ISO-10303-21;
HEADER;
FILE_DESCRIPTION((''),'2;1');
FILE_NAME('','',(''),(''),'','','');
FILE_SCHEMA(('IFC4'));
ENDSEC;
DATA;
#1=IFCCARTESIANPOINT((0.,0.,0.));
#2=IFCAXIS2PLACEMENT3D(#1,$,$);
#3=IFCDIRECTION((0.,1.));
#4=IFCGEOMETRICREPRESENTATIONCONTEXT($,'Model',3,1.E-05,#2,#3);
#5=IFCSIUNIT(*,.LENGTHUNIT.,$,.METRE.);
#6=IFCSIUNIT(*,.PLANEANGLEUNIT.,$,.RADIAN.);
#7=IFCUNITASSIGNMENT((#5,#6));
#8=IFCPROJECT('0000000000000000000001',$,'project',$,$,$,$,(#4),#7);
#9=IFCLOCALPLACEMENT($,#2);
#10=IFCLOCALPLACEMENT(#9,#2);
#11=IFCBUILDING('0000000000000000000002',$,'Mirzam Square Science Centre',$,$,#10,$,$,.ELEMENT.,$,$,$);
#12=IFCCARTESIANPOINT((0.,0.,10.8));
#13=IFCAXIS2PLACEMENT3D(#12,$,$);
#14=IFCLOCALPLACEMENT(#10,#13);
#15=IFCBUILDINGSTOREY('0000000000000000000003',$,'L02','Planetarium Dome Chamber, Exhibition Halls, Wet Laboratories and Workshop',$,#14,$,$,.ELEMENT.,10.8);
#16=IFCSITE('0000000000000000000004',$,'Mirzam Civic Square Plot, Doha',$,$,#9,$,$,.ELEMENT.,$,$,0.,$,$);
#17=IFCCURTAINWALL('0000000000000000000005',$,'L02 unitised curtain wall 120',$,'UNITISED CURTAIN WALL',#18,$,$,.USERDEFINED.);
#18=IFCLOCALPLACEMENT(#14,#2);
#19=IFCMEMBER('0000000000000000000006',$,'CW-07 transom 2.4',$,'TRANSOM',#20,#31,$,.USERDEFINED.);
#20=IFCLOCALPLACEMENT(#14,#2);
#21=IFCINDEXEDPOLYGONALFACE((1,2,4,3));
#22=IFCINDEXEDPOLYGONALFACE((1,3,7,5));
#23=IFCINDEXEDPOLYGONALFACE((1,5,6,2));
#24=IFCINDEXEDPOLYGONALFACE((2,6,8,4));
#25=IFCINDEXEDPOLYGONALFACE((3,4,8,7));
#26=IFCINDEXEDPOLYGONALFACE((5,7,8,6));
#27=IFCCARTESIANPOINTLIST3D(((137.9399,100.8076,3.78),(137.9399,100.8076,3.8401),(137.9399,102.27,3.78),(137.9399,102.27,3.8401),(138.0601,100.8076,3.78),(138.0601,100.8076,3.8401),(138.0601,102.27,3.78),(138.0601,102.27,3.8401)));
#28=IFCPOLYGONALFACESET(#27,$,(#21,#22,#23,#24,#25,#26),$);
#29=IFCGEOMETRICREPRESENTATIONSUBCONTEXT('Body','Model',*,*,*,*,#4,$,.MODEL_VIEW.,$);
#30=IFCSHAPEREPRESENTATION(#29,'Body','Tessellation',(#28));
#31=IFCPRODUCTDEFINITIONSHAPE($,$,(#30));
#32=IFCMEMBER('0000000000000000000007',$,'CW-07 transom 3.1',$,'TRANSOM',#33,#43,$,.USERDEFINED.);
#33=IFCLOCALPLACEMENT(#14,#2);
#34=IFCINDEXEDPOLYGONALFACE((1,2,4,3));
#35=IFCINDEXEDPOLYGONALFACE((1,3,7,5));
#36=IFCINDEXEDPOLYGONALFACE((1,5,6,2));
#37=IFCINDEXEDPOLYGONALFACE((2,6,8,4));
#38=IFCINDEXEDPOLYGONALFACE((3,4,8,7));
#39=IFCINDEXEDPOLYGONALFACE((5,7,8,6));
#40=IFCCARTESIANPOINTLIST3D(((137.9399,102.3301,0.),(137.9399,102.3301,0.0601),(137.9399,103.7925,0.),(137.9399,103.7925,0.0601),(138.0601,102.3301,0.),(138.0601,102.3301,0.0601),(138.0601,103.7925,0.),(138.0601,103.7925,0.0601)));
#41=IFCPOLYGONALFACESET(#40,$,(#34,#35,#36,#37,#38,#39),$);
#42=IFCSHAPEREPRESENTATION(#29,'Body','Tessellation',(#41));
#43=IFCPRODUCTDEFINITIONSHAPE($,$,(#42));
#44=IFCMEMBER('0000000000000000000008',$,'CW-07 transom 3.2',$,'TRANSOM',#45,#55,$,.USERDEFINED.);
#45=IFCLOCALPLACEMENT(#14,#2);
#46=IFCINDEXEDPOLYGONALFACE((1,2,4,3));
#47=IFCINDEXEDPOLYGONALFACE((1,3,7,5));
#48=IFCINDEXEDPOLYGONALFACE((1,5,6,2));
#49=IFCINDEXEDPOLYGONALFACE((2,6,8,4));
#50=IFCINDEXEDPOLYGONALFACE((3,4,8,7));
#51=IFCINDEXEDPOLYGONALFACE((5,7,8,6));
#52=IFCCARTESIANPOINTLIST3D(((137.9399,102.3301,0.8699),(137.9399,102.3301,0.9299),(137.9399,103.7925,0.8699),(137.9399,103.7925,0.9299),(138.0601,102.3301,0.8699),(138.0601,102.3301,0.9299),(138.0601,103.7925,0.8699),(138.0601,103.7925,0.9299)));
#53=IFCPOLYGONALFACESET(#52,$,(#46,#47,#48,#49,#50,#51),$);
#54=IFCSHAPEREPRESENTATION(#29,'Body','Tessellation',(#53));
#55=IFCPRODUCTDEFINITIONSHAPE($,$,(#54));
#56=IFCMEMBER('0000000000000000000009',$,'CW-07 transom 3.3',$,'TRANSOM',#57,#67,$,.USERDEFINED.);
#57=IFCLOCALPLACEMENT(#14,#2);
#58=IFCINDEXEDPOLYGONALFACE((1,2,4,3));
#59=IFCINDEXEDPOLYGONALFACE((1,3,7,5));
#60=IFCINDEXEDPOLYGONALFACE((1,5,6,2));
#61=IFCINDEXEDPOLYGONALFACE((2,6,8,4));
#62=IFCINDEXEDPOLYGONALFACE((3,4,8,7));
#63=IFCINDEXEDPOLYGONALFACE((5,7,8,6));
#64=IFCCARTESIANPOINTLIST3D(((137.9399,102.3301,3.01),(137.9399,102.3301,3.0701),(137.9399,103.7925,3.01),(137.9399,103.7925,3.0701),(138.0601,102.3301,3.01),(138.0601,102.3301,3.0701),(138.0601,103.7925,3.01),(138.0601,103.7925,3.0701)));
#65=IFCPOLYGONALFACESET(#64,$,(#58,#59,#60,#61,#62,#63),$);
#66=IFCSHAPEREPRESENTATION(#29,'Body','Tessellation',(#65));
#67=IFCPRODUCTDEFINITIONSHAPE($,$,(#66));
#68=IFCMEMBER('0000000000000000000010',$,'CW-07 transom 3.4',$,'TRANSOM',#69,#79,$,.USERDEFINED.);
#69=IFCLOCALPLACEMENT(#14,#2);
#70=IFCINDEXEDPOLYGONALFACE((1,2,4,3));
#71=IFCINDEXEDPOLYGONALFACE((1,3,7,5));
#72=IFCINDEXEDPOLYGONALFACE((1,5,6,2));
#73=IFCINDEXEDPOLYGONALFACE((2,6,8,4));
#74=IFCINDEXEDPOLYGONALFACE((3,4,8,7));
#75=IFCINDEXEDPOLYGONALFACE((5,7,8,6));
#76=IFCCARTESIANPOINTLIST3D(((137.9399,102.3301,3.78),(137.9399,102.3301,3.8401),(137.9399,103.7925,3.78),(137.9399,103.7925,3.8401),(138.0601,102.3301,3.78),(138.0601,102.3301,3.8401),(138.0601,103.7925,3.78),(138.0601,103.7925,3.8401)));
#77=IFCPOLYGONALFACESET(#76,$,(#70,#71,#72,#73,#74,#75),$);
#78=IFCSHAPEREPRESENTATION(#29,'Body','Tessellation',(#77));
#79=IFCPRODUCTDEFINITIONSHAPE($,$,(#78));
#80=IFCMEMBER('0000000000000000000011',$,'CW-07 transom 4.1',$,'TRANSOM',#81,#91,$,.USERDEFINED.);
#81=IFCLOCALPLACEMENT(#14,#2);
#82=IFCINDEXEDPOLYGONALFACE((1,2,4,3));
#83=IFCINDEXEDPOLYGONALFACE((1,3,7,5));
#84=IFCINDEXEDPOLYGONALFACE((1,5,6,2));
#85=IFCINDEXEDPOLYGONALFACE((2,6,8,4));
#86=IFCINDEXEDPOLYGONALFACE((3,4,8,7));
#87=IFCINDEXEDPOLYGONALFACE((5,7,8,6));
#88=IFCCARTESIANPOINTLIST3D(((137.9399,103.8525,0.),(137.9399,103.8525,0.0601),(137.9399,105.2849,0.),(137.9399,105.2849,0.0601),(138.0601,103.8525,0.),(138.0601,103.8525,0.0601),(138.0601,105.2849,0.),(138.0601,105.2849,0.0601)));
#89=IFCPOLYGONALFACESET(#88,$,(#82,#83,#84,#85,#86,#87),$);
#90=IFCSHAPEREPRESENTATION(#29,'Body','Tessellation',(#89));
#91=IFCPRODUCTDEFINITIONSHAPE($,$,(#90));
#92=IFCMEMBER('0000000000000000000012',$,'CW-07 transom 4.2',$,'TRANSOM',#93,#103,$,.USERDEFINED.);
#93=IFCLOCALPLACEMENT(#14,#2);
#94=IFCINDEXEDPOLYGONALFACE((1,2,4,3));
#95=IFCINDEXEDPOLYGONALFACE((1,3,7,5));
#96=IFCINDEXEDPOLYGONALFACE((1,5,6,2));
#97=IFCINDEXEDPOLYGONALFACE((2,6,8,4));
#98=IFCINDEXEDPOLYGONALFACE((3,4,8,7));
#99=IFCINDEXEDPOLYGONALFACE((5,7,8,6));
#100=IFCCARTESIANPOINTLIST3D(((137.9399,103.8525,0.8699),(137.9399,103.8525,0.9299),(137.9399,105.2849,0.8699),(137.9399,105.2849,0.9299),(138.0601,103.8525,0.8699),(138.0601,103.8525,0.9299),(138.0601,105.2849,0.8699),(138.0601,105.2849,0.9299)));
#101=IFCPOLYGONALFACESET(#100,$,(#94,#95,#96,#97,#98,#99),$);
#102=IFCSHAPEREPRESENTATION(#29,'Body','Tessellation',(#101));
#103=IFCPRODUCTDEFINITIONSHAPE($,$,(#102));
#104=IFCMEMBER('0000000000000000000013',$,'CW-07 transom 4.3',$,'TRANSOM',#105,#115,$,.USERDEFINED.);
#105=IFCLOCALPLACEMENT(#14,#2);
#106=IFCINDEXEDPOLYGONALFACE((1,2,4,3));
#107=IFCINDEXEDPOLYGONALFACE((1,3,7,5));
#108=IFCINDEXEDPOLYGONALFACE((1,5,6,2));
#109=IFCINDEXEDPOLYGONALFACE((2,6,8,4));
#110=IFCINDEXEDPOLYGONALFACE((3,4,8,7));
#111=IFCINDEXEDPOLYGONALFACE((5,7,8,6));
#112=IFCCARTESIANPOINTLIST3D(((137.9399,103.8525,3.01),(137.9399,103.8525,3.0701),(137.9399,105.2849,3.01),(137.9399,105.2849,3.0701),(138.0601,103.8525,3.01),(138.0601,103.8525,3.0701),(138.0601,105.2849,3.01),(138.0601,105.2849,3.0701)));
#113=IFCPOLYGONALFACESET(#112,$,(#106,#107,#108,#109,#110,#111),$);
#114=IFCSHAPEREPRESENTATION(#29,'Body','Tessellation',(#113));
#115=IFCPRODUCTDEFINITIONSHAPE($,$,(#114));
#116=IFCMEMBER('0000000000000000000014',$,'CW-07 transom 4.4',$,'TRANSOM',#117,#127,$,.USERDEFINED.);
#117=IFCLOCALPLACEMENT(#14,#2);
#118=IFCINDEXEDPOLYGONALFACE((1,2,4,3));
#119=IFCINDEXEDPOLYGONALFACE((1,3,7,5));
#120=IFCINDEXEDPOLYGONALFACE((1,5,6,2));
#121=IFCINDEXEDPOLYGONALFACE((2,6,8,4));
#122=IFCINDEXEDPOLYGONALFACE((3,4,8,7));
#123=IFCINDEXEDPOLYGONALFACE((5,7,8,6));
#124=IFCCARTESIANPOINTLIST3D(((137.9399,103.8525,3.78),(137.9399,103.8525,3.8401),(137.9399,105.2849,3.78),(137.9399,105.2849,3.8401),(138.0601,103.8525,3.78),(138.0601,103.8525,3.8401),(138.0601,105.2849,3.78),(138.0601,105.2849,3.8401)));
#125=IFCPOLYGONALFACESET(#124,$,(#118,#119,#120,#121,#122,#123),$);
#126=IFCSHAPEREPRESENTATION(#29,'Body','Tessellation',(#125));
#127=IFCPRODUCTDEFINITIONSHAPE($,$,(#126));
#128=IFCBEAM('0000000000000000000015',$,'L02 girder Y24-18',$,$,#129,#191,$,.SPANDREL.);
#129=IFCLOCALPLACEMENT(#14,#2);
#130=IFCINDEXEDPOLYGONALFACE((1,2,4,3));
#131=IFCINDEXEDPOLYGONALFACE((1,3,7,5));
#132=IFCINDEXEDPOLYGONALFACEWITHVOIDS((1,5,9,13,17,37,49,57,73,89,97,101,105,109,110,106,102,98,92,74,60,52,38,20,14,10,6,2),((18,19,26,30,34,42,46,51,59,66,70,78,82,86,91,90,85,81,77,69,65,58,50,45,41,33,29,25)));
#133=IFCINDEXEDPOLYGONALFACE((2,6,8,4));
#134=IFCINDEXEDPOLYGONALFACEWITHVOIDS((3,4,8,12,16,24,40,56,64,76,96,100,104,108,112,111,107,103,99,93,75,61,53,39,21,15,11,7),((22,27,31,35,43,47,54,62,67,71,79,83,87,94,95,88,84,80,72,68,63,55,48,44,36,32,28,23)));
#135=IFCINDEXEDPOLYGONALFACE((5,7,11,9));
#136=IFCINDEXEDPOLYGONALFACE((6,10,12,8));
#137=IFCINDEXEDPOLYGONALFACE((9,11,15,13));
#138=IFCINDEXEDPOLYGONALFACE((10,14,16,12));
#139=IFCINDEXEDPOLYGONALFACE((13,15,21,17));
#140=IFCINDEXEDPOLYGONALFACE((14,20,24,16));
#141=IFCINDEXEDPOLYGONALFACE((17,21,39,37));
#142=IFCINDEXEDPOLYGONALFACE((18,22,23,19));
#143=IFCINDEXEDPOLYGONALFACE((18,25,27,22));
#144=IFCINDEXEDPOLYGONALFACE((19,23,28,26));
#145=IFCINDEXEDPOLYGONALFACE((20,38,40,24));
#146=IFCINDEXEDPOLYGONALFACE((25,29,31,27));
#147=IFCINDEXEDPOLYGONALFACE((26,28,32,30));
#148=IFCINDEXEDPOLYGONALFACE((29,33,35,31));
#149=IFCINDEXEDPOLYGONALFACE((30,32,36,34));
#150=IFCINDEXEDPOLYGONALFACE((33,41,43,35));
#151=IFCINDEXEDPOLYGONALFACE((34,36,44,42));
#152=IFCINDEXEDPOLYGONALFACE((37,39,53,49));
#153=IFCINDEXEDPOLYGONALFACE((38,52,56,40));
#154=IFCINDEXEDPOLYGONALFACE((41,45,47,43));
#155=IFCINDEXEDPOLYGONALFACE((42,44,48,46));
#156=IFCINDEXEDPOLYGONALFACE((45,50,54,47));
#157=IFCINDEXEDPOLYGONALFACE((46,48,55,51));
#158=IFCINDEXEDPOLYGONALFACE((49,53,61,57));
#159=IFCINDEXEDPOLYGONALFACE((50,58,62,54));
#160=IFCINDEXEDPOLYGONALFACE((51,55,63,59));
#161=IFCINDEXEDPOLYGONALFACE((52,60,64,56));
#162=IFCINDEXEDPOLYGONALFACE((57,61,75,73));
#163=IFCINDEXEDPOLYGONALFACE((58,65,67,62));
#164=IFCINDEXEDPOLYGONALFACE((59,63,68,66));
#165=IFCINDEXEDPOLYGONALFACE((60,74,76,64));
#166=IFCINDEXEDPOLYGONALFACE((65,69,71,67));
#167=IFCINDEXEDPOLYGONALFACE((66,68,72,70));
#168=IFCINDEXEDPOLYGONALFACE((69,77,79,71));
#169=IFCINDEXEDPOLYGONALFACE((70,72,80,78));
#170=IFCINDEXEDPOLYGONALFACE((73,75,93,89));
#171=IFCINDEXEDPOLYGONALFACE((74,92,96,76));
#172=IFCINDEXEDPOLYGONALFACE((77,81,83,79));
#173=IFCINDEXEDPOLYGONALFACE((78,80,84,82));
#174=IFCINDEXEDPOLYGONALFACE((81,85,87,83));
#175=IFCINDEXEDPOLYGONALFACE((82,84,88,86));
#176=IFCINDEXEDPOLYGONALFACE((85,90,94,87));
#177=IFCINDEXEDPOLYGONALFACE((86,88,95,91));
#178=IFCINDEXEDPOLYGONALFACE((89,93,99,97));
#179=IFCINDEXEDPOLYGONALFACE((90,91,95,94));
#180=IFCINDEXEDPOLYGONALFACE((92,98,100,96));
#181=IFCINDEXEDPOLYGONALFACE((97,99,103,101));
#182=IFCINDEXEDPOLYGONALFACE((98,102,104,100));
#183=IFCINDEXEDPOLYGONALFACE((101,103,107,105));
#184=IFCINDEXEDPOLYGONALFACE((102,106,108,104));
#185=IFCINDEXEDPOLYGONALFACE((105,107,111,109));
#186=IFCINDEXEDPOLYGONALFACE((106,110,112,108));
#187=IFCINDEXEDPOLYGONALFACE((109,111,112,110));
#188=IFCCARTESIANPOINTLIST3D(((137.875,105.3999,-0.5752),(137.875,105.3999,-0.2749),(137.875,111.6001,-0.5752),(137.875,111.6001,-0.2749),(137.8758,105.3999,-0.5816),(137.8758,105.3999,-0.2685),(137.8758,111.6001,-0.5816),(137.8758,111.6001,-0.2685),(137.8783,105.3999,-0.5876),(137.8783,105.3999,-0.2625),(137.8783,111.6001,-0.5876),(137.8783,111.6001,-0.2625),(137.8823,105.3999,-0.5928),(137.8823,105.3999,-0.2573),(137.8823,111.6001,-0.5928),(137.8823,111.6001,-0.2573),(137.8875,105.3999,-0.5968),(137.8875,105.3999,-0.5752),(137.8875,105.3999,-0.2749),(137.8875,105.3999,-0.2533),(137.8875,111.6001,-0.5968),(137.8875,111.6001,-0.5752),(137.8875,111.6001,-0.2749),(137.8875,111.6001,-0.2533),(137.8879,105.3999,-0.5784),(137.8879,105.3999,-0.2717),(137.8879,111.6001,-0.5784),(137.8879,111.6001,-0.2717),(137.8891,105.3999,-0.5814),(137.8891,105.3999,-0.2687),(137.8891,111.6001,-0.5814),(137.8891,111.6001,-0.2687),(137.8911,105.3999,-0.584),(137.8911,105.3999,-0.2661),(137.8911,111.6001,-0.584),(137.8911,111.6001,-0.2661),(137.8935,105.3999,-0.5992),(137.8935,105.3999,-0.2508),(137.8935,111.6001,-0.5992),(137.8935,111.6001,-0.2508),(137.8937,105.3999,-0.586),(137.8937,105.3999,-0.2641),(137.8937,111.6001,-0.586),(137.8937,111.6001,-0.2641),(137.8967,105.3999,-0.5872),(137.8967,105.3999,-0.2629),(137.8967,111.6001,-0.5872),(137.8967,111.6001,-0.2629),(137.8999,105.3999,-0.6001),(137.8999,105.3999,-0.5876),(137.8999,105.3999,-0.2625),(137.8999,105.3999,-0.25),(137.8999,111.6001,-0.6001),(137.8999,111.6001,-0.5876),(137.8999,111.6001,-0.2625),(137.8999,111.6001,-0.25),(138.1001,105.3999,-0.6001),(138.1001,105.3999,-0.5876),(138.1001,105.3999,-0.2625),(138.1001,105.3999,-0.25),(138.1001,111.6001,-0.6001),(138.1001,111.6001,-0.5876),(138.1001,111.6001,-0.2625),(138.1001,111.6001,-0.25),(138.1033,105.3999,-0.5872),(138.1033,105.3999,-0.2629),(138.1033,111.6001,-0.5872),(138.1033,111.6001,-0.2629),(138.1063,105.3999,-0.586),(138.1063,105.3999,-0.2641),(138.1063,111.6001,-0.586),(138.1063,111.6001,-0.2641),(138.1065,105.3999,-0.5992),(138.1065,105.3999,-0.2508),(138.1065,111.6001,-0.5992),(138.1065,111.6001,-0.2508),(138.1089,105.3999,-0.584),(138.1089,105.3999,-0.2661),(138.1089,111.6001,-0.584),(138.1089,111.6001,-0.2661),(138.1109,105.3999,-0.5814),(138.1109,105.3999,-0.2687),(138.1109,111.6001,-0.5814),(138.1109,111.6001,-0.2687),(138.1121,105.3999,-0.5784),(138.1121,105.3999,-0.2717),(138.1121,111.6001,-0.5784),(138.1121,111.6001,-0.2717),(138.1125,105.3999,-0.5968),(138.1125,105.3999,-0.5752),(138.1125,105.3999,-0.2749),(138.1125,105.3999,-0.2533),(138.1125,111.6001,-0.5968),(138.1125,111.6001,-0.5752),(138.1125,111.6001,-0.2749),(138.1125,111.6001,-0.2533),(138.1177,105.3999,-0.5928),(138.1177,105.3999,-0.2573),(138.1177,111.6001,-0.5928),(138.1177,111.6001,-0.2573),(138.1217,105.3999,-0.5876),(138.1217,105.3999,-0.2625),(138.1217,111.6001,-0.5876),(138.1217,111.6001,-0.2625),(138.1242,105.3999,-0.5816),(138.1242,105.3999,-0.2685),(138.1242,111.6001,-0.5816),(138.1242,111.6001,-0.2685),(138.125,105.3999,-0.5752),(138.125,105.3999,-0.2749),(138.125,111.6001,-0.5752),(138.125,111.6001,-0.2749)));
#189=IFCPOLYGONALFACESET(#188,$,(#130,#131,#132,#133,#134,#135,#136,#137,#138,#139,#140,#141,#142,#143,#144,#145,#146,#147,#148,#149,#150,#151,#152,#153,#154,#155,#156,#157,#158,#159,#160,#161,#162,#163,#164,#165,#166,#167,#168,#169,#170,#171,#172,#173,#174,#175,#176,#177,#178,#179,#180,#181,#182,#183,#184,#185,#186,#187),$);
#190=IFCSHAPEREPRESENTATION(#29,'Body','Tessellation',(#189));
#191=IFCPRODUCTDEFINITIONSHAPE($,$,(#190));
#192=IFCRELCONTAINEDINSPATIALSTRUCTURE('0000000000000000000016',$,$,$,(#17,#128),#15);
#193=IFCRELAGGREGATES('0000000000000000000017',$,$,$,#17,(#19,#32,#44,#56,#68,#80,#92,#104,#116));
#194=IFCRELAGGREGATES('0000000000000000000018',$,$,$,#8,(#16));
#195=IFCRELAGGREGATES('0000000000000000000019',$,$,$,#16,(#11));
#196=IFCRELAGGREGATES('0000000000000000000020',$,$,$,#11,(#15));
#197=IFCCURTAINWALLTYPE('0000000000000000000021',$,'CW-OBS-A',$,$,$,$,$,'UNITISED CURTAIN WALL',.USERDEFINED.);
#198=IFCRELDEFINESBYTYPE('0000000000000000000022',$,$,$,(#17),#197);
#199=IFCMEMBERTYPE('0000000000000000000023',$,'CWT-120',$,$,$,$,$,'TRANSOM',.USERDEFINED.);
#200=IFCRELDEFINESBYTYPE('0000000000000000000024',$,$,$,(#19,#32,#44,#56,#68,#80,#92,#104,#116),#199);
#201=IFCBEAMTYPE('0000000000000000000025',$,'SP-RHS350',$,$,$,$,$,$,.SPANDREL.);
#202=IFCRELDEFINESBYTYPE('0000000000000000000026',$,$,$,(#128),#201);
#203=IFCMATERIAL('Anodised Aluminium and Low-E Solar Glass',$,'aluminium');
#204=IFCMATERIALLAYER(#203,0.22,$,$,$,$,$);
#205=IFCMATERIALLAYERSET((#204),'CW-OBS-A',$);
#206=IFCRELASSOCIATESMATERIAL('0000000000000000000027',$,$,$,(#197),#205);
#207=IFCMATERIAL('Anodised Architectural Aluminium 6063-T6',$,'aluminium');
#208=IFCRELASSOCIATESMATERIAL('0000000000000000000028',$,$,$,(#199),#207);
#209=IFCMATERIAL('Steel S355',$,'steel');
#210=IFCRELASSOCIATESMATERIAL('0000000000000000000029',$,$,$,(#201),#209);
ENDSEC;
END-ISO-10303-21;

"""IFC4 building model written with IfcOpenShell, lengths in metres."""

from ifc_helpers import new_model, si_unit, direction, frame, origin, origin_2d, place, context, subcontext, project, spatial, rectangle, hollow_rectangle, extrude, material, layer, layer_set, material_profile, profile_set, type_object, element, aggregate, save


model = new_model("IFC4")

# Units and contexts
model_context = context("Model", 3, precision=1e-05, world=origin(), true_north=direction((0.0, 1.0)))
body_context = subcontext(model_context, "Body", "Model", "MODEL_VIEW")
ifc_project = project(units=[si_unit("LENGTHUNIT", "METRE"), si_unit("PLANEANGLEUNIT", "RADIAN")], contexts=[model_context])

# Site, building, storey
site_placement = place(None, origin())
site = spatial("IfcSite", under=ifc_project, at=site_placement, Name="Mirzam Civic Square Plot, Doha", CompositionType="ELEMENT", RefElevation=0.0)
building_placement = place(site_placement, origin())
building = spatial("IfcBuilding", under=site, at=building_placement, Name="Mirzam Square Science Centre", CompositionType="ELEMENT")
storey_placement = place(building_placement, frame((0.0, 0.0, 10.8)))
storey = spatial("IfcBuildingStorey", under=building, at=storey_placement, Name="L02", Description="Planetarium Dome Chamber, Exhibition Halls, Wet Laboratories and Workshop", CompositionType="ELEMENT", Elevation=10.8)

# Shared definitions
ifc_material_1 = material(Name="Steel S355", Category="steel")

# Curtain wall, members
ifc_material_2 = material(Name="Anodised Aluminium and Low-E Solar Glass", Category="aluminium")
ifc_layer_1 = layer(ifc_material_2, 0.22)
ifc_layer_set_1 = layer_set([ifc_layer_1], Name="CW-OBS-A")
curtain_wall_type = type_object("IfcCurtainWallType", Name="CW-OBS-A", ElementType="UNITISED CURTAIN WALL", PredefinedType="USERDEFINED", material=ifc_layer_set_1)
curtain_wall_placement = place(storey_placement, origin())
curtain_wall = element("IfcCurtainWall", 1, at=curtain_wall_placement, inside=storey, type_object=curtain_wall_type, Name="L02 unitised curtain wall 120", ObjectType="UNITISED CURTAIN WALL", PredefinedType="USERDEFINED")
ifc_material_3 = material(Name="Anodised Architectural Aluminium 6063-T6", Category="aluminium")
ifc_material_profile_1 = material_profile(ifc_material_3, rectangle(XDim=0.1201, YDim=0.0601, at=origin_2d()), Name="ALU-TRAN-120x60x4")
ifc_profile_set_1 = profile_set([ifc_material_profile_1], Name="Anodised Architectural Aluminium 6063-T6")
member_type_1 = type_object("IfcMemberType", Name="CWT-120", ElementType="TRANSOM", PredefinedType="USERDEFINED", material=ifc_profile_set_1)
member_1_placement = place(storey_placement, frame((138.0, 100.8076, 3.8101), z_axis=(0.0, 1.0, 0.0), x_axis=(-1.0, 0.0, 0.0)))
member_1 = element("IfcMember", 2, at=member_1_placement, type_object=member_type_1, Name="CW-07 transom 2.4", ObjectType="TRANSOM", PredefinedType="USERDEFINED", context=body_context, shape_type="SweptSolid", body=[
    extrude(rectangle(XDim=0.1201, YDim=0.0601, at=origin_2d()), origin(), (0.0, 0.0, 1.0), 1.4624),
])
member_2_placement = place(storey_placement, frame((138.0, 102.3301, 0.03), z_axis=(0.0, 1.0, 0.0), x_axis=(-1.0, 0.0, 0.0)))
member_2 = element("IfcMember", 3, at=member_2_placement, type_object=member_type_1, Name="CW-07 transom 3.1", ObjectType="TRANSOM", PredefinedType="USERDEFINED", context=body_context, shape_type="SweptSolid", body=[
    extrude(rectangle(XDim=0.1201, YDim=0.0601, at=origin_2d()), origin(), (0.0, 0.0, 1.0), 1.4624),
])
member_3_placement = place(storey_placement, frame((138.0, 102.3301, 0.8999), z_axis=(0.0, 1.0, 0.0), x_axis=(-1.0, 0.0, 0.0)))
member_3 = element("IfcMember", 4, at=member_3_placement, type_object=member_type_1, Name="CW-07 transom 3.2", ObjectType="TRANSOM", PredefinedType="USERDEFINED", context=body_context, shape_type="SweptSolid", body=[
    extrude(rectangle(XDim=0.1201, YDim=0.0601, at=origin_2d()), origin(), (0.0, 0.0, 1.0), 1.4624),
])
member_4_placement = place(storey_placement, frame((138.0, 102.3301, 3.04), z_axis=(0.0, 1.0, 0.0), x_axis=(-1.0, 0.0, 0.0)))
member_4 = element("IfcMember", 5, at=member_4_placement, type_object=member_type_1, Name="CW-07 transom 3.3", ObjectType="TRANSOM", PredefinedType="USERDEFINED", context=body_context, shape_type="SweptSolid", body=[
    extrude(rectangle(XDim=0.1201, YDim=0.0601, at=origin_2d()), origin(), (0.0, 0.0, 1.0), 1.4624),
])
member_5_placement = place(storey_placement, frame((138.0, 102.3301, 3.8101), z_axis=(0.0, 1.0, 0.0), x_axis=(-1.0, 0.0, 0.0)))
member_5 = element("IfcMember", 6, at=member_5_placement, type_object=member_type_1, Name="CW-07 transom 3.4", ObjectType="TRANSOM", PredefinedType="USERDEFINED", context=body_context, shape_type="SweptSolid", body=[
    extrude(rectangle(XDim=0.1201, YDim=0.0601, at=origin_2d()), origin(), (0.0, 0.0, 1.0), 1.4624),
])
member_6_placement = place(storey_placement, frame((138.0, 103.8525, 0.03), z_axis=(0.0, 1.0, 0.0), x_axis=(-1.0, 0.0, 0.0)))
member_6 = element("IfcMember", 7, at=member_6_placement, type_object=member_type_1, Name="CW-07 transom 4.1", ObjectType="TRANSOM", PredefinedType="USERDEFINED", context=body_context, shape_type="SweptSolid", body=[
    extrude(rectangle(XDim=0.1201, YDim=0.0601, at=origin_2d()), origin(), (0.0, 0.0, 1.0), 1.4324),
])
member_7_placement = place(storey_placement, frame((138.0, 103.8525, 0.8999), z_axis=(0.0, 1.0, 0.0), x_axis=(-1.0, 0.0, 0.0)))
member_7 = element("IfcMember", 8, at=member_7_placement, type_object=member_type_1, Name="CW-07 transom 4.2", ObjectType="TRANSOM", PredefinedType="USERDEFINED", context=body_context, shape_type="SweptSolid", body=[
    extrude(rectangle(XDim=0.1201, YDim=0.0601, at=origin_2d()), origin(), (0.0, 0.0, 1.0), 1.4324),
])
member_8_placement = place(storey_placement, frame((138.0, 103.8525, 3.04), z_axis=(0.0, 1.0, 0.0), x_axis=(-1.0, 0.0, 0.0)))
member_8 = element("IfcMember", 9, at=member_8_placement, type_object=member_type_1, Name="CW-07 transom 4.3", ObjectType="TRANSOM", PredefinedType="USERDEFINED", context=body_context, shape_type="SweptSolid", body=[
    extrude(rectangle(XDim=0.1201, YDim=0.0601, at=origin_2d()), origin(), (0.0, 0.0, 1.0), 1.4324),
])
member_9_placement = place(storey_placement, frame((138.0, 103.8525, 3.8101), z_axis=(0.0, 1.0, 0.0), x_axis=(-1.0, 0.0, 0.0)))
member_9 = element("IfcMember", 10, at=member_9_placement, type_object=member_type_1, Name="CW-07 transom 4.4", ObjectType="TRANSOM", PredefinedType="USERDEFINED", context=body_context, shape_type="SweptSolid", body=[
    extrude(rectangle(XDim=0.1201, YDim=0.0601, at=origin_2d()), origin(), (0.0, 0.0, 1.0), 1.4324),
])

# Beam
ifc_material_profile_2 = material_profile(ifc_material_1, hollow_rectangle(XDim=0.25, YDim=0.3501, WallThickness=0.0125, InnerFilletRadius=0.0125, OuterFilletRadius=0.0249, at=origin_2d()), Name="350x250x12.5RHS")
ifc_profile_set_2 = profile_set([ifc_material_profile_2], Name="Steel S355")
beam_type = type_object("IfcBeamType", Name="SP-RHS350", PredefinedType="SPANDREL", material=ifc_profile_set_2)
beam_placement = place(storey_placement, frame((138.0, 105.3999, -0.425), z_axis=(0.0, 1.0, 0.0), x_axis=(-1.0, 0.0, 0.0)))
element("IfcBeam", 11, at=beam_placement, inside=storey, type_object=beam_type, Name="L02 girder Y24-18", PredefinedType="SPANDREL", context=body_context, shape_type="SweptSolid", body=[
    extrude(hollow_rectangle(XDim=0.25, YDim=0.3501, WallThickness=0.0125, InnerFilletRadius=0.0125, OuterFilletRadius=0.0249, at=origin_2d()), origin(), (0.0, 0.0, 1.0), 6.2002),
])

aggregate(curtain_wall, [member_1, member_2, member_3, member_4, member_5, member_6, member_7, member_8, member_9])

save(model, "model.ifc")
